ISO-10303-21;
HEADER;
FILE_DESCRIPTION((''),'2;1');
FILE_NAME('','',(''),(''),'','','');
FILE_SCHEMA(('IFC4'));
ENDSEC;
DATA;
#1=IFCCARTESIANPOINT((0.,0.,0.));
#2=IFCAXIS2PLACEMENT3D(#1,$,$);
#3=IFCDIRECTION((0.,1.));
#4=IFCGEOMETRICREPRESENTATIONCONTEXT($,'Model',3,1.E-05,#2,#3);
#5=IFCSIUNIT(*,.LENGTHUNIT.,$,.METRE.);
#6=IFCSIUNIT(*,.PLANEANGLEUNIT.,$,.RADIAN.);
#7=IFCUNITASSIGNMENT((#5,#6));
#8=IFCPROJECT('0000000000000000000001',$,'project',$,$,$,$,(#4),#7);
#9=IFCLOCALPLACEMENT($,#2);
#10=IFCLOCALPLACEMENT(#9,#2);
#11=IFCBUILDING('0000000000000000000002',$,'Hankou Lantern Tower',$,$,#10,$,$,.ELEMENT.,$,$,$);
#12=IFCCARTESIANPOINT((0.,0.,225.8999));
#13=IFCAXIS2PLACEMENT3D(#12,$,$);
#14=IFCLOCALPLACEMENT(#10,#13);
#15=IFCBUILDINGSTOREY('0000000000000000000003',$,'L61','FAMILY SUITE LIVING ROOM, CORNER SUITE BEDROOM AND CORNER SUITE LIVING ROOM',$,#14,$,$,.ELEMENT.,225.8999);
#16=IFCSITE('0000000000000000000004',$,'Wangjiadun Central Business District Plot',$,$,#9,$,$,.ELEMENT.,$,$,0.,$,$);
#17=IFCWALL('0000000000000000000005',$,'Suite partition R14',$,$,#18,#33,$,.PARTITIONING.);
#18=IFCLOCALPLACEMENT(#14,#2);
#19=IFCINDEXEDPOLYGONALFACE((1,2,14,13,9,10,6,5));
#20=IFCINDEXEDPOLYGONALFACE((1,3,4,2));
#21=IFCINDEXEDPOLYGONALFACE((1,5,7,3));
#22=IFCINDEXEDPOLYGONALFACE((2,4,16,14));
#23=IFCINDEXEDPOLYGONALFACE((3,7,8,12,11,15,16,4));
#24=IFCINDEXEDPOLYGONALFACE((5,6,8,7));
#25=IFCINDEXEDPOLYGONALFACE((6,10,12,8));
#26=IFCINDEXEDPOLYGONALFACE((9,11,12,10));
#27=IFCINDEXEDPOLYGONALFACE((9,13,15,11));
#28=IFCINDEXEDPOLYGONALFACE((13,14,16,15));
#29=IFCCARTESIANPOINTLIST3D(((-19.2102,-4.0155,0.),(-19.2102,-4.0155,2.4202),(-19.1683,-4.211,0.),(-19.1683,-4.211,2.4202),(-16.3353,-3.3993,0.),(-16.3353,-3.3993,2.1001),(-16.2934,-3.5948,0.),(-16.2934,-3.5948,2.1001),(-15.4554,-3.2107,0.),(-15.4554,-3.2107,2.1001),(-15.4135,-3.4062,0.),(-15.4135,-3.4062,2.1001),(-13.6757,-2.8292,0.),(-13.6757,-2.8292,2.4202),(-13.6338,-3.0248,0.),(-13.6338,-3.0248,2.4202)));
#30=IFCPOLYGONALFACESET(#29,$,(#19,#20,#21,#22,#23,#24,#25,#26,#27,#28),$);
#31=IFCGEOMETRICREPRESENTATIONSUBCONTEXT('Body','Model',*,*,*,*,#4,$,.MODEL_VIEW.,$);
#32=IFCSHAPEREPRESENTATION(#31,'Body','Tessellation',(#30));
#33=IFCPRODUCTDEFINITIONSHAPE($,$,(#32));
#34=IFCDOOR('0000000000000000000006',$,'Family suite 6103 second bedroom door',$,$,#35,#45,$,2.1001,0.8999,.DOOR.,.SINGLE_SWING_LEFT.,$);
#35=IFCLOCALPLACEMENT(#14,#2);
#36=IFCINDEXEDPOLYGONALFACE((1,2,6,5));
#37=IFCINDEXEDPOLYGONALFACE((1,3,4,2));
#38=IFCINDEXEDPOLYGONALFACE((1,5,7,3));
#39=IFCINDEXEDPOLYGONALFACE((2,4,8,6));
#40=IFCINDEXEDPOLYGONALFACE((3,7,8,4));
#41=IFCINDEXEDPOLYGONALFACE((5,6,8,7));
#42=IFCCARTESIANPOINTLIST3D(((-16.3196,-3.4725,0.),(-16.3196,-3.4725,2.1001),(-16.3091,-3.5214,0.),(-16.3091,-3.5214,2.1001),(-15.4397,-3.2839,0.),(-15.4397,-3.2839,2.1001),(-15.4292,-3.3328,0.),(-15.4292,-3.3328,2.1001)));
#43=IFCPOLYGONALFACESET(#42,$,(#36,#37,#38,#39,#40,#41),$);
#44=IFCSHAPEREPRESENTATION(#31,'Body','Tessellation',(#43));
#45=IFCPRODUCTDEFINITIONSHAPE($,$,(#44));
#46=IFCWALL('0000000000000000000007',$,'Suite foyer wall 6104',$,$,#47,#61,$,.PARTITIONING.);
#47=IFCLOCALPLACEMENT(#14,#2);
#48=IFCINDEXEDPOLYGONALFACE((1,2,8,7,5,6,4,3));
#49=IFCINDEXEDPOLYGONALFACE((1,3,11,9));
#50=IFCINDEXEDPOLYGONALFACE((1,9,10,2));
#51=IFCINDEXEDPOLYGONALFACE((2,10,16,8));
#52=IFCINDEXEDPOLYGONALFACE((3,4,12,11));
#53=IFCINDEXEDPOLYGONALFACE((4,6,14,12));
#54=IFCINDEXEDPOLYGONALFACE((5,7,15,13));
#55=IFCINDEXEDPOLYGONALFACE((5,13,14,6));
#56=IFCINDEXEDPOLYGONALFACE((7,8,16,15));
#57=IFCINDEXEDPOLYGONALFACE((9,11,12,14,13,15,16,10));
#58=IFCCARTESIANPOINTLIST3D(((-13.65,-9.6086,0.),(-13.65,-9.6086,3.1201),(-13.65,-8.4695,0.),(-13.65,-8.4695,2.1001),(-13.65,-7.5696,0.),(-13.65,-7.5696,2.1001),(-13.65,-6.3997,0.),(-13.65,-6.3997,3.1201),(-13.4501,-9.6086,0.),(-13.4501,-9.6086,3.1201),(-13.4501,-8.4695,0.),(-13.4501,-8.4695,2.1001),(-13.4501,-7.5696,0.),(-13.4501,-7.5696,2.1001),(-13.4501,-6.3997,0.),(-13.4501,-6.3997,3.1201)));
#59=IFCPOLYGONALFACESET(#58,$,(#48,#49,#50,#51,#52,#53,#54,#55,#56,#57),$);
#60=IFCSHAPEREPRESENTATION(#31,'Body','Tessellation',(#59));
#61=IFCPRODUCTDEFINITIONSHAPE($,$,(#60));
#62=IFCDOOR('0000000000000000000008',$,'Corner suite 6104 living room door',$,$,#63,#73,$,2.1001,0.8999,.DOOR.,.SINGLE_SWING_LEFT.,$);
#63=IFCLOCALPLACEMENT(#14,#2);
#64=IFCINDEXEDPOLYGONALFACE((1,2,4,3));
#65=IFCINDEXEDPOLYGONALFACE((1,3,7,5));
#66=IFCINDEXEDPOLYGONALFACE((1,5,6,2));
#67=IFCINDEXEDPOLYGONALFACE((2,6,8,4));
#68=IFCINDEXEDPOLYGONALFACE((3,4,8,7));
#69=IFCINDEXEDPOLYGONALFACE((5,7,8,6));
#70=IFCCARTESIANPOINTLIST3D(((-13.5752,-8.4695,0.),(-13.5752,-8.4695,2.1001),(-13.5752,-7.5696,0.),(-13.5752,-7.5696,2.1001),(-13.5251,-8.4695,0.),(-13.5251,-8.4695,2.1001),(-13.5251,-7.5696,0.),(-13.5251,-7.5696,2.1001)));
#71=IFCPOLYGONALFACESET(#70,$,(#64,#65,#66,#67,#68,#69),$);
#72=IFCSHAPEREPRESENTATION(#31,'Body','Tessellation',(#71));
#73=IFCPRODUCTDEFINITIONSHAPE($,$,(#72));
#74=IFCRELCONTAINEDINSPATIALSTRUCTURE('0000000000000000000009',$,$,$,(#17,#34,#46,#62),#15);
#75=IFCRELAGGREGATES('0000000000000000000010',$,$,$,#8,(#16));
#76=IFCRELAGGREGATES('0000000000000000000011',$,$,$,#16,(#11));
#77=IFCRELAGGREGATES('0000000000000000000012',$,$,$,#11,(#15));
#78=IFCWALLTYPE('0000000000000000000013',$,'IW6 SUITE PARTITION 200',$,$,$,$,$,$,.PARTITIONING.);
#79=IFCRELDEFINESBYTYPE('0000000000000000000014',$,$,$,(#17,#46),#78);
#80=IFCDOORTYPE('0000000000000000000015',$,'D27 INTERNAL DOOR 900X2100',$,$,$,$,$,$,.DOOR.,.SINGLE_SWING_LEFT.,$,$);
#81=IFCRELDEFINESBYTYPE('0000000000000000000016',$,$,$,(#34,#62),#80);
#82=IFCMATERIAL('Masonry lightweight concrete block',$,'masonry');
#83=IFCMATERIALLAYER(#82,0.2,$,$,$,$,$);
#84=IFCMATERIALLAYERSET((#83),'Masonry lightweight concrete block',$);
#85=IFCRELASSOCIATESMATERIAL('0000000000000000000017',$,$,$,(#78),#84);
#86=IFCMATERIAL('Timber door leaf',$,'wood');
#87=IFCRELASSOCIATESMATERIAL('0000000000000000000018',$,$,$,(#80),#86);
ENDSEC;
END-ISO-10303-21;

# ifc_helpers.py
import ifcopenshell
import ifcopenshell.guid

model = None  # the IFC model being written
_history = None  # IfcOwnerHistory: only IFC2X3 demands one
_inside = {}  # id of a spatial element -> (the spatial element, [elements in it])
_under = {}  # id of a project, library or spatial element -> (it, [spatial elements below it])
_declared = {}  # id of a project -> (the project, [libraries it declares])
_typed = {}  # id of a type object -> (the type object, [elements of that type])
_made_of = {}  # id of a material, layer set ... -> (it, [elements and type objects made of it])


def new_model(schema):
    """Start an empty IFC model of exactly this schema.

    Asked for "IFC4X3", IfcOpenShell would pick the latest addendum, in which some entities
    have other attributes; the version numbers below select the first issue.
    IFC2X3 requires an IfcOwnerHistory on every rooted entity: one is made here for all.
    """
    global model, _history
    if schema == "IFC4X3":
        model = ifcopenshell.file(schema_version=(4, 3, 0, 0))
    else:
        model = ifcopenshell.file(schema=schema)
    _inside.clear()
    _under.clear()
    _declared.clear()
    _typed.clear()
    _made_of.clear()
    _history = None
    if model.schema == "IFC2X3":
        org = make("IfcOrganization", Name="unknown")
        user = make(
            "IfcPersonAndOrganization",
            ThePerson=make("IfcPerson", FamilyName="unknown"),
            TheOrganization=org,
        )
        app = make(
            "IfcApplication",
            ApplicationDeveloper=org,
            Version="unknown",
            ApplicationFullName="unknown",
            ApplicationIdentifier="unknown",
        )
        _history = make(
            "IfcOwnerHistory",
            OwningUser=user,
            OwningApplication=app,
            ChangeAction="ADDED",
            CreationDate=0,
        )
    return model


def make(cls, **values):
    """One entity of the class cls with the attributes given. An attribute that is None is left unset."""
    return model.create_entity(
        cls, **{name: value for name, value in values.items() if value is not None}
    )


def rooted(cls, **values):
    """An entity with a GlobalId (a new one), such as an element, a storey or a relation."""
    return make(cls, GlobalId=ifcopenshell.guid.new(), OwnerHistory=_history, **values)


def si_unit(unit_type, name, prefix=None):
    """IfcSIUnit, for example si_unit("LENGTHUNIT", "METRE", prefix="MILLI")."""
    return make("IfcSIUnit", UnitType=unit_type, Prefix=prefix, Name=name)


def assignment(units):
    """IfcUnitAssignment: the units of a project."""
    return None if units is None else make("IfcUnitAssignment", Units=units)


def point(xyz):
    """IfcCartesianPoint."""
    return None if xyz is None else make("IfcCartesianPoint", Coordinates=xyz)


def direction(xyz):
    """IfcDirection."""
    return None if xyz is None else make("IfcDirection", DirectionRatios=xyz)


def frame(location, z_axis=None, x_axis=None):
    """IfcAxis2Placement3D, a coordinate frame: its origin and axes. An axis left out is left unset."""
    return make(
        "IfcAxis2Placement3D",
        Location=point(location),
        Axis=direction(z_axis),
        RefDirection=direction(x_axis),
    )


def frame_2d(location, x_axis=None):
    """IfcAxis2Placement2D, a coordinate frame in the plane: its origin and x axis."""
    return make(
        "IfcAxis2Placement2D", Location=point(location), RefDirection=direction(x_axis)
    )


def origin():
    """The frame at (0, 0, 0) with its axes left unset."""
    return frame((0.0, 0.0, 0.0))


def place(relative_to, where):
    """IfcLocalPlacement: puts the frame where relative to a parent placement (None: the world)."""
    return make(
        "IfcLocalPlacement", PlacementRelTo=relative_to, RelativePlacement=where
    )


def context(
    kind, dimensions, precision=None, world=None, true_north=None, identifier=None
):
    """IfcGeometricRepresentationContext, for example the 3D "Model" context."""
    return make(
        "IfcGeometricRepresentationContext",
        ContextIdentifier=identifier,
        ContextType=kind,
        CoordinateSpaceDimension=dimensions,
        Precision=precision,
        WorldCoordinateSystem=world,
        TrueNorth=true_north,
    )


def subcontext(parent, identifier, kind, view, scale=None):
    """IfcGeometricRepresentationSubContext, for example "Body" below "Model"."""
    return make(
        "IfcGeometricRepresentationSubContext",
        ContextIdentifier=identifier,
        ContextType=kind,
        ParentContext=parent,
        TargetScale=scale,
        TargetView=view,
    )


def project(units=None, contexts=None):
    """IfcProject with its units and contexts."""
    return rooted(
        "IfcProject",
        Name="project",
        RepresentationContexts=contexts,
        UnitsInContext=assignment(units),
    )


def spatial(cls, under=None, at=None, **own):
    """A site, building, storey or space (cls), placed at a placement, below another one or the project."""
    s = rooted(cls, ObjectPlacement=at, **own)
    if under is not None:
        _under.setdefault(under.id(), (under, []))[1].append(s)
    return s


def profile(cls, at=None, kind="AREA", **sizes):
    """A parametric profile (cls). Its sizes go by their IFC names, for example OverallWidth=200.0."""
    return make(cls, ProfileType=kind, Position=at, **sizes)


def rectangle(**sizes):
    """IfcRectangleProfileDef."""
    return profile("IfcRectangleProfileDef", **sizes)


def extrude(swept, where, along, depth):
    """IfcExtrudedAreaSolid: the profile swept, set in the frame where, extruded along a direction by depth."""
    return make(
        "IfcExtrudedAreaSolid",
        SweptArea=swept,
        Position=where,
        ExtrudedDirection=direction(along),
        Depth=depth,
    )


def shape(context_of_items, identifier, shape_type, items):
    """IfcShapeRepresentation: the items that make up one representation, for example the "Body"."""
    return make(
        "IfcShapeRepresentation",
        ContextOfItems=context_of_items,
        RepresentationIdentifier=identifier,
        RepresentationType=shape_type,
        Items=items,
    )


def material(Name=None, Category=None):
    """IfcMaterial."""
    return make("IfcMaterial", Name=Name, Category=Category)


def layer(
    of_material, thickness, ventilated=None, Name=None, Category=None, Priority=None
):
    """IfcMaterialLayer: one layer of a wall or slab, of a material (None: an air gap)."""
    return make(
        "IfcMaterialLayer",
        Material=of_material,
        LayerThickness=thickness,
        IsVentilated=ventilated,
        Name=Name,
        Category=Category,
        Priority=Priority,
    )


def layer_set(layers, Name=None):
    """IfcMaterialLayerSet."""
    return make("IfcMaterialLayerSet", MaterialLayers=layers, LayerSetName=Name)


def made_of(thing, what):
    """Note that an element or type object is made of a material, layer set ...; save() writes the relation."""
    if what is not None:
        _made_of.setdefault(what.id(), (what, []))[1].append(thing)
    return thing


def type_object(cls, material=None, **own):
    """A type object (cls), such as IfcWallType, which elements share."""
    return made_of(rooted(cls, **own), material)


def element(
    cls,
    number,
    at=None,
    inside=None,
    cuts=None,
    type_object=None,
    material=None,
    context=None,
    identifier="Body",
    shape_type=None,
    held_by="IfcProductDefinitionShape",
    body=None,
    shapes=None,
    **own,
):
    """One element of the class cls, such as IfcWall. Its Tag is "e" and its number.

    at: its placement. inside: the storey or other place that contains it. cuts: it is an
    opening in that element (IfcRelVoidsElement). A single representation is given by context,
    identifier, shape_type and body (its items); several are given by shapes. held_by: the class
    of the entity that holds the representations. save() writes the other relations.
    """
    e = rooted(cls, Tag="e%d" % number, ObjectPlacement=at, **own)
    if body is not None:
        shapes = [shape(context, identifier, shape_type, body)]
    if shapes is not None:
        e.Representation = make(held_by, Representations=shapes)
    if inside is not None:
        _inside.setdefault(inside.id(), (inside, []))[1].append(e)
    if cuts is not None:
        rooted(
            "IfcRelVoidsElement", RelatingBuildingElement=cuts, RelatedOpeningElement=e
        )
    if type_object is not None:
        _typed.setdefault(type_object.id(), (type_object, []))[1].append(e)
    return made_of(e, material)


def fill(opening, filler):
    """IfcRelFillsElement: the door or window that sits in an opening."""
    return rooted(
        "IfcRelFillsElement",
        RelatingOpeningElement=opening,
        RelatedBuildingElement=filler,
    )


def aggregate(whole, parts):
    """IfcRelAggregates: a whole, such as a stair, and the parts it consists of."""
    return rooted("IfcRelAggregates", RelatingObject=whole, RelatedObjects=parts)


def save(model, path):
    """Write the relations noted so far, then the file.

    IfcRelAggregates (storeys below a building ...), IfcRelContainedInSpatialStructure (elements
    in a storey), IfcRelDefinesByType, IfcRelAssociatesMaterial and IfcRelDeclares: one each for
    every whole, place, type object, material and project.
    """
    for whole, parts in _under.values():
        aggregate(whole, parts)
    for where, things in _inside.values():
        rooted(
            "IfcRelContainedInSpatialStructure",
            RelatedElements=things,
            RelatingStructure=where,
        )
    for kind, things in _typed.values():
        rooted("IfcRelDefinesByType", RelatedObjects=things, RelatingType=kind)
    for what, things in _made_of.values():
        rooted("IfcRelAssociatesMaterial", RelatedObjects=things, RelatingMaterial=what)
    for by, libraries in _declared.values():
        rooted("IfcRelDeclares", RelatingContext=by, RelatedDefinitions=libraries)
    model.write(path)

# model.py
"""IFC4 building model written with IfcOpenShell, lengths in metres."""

from ifc_helpers import new_model, si_unit, direction, frame, frame_2d, origin, place, context, subcontext, project, spatial, rectangle, extrude, material, layer, layer_set, type_object, element, fill, save


model = new_model("IFC4")

# Units and contexts
model_context = context("Model", 3, precision=1e-05, world=origin(), true_north=direction((0.0, 1.0)))
body_context = subcontext(model_context, "Body", "Model", "MODEL_VIEW")
ifc_project = project(units=[si_unit("LENGTHUNIT", "METRE"), si_unit("PLANEANGLEUNIT", "RADIAN")], contexts=[model_context])

# Site, building, storey
site_placement = place(None, origin())
site = spatial("IfcSite", under=ifc_project, at=site_placement, Name="Wangjiadun Central Business District Plot", CompositionType="ELEMENT", RefElevation=0.0)
building_placement = place(site_placement, origin())
building = spatial("IfcBuilding", under=site, at=building_placement, Name="Hankou Lantern Tower", CompositionType="ELEMENT")
storey_placement = place(building_placement, frame((0.0, 0.0, 225.8999)))
storey = spatial("IfcBuildingStorey", under=building, at=storey_placement, Name="L61", Description="FAMILY SUITE LIVING ROOM, CORNER SUITE BEDROOM AND CORNER SUITE LIVING ROOM", CompositionType="ELEMENT", Elevation=225.8999)

# Walls, openings, doors
ifc_material_1 = material(Name="Masonry lightweight concrete block", Category="masonry")
ifc_layer_1 = layer(ifc_material_1, 0.2)
ifc_layer_set_1 = layer_set([ifc_layer_1], Name="Masonry lightweight concrete block")
wall_type_1 = type_object("IfcWallType", Name="IW6 SUITE PARTITION 200", PredefinedType="PARTITIONING", material=ifc_layer_set_1)
wall_1_placement = place(storey_placement, frame((-13.6548, -2.927, 0.0), z_axis=(0.0, 0.0, 1.0), x_axis=(-0.97779, -0.209585, 0.0)))
wall_1 = element("IfcWall", 1, at=wall_1_placement, inside=storey, type_object=wall_type_1, Name="Suite partition R14", PredefinedType="PARTITIONING", context=body_context, shape_type="SweptSolid", body=[
    extrude(rectangle(XDim=5.6602, YDim=0.2, at=frame_2d((2.8301, 0.0))), origin(), (0.0, 0.0, 1.0), 2.4202),
])
opening_1_placement = place(wall_1_placement, frame((1.8201, 0.0, 0.0)))
opening_1 = element("IfcOpeningElement", 2, at=opening_1_placement, cuts=wall_1, PredefinedType="OPENING", context=body_context, shape_type="SweptSolid", body=[
    extrude(rectangle(XDim=0.8999, YDim=2.1001, at=frame_2d((0.45, 1.05))), frame((0.0, 0.1099, 0.0), z_axis=(0.0, -1.0, 0.0), x_axis=(1.0, 0.0, 0.0)), (0.0, 0.0, 1.0), 0.22),
])
ifc_material_2 = material(Name="Timber door leaf", Category="wood")
door_type_1 = type_object("IfcDoorType", Name="D27 INTERNAL DOOR 900X2100", OperationType="SINGLE_SWING_LEFT", PredefinedType="DOOR", material=ifc_material_2)
door_1_placement = place(opening_1_placement, origin())
door_1 = element("IfcDoor", 3, at=door_1_placement, inside=storey, type_object=door_type_1, Name="Family suite 6103 second bedroom door", OperationType="SINGLE_SWING_LEFT", OverallHeight=2.1001, OverallWidth=0.8999, PredefinedType="DOOR", context=body_context, shape_type="SweptSolid", body=[
    extrude(rectangle(XDim=0.8999, YDim=2.1001, at=frame_2d((0.45, 1.05))), frame((0.0, 0.0249, 0.0), z_axis=(0.0, -1.0, 0.0), x_axis=(1.0, 0.0, 0.0)), (0.0, 0.0, 1.0), 0.05),
])
fill(opening_1, door_1)
wall_2_placement = place(storey_placement, frame((-13.55, -6.3997, 0.0), z_axis=(0.0, 0.0, 1.0), x_axis=(0.0, -1.0, 0.0)))
wall_2 = element("IfcWall", 4, at=wall_2_placement, inside=storey, type_object=wall_type_1, Name="Suite foyer wall 6104", PredefinedType="PARTITIONING", context=body_context, shape_type="SweptSolid", body=[
    extrude(rectangle(XDim=3.209, YDim=0.2, at=frame_2d((1.6045, 0.0))), origin(), (0.0, 0.0, 1.0), 3.1201),
])
opening_2_placement = place(wall_2_placement, frame((1.1699, 0.0, 0.0)))
opening_2 = element("IfcOpeningElement", 5, at=opening_2_placement, cuts=wall_2, PredefinedType="OPENING", context=body_context, shape_type="SweptSolid", body=[
    extrude(rectangle(XDim=0.8999, YDim=2.1001, at=frame_2d((0.45, 1.05))), frame((0.0, 0.1099, 0.0), z_axis=(0.0, -1.0, 0.0), x_axis=(1.0, 0.0, 0.0)), (0.0, 0.0, 1.0), 0.22),
])
door_2_placement = place(opening_2_placement, origin())
door_2 = element("IfcDoor", 6, at=door_2_placement, inside=storey, type_object=door_type_1, Name="Corner suite 6104 living room door", OperationType="SINGLE_SWING_LEFT", OverallHeight=2.1001, OverallWidth=0.8999, PredefinedType="DOOR", context=body_context, shape_type="SweptSolid", body=[
    extrude(rectangle(XDim=0.8999, YDim=2.1001, at=frame_2d((0.45, 1.05))), frame((0.0, 0.0249, 0.0), z_axis=(0.0, -1.0, 0.0), x_axis=(1.0, 0.0, 0.0)), (0.0, 0.0, 1.0), 0.05),
])
fill(opening_2, door_2)

save(model, "model.ifc")
